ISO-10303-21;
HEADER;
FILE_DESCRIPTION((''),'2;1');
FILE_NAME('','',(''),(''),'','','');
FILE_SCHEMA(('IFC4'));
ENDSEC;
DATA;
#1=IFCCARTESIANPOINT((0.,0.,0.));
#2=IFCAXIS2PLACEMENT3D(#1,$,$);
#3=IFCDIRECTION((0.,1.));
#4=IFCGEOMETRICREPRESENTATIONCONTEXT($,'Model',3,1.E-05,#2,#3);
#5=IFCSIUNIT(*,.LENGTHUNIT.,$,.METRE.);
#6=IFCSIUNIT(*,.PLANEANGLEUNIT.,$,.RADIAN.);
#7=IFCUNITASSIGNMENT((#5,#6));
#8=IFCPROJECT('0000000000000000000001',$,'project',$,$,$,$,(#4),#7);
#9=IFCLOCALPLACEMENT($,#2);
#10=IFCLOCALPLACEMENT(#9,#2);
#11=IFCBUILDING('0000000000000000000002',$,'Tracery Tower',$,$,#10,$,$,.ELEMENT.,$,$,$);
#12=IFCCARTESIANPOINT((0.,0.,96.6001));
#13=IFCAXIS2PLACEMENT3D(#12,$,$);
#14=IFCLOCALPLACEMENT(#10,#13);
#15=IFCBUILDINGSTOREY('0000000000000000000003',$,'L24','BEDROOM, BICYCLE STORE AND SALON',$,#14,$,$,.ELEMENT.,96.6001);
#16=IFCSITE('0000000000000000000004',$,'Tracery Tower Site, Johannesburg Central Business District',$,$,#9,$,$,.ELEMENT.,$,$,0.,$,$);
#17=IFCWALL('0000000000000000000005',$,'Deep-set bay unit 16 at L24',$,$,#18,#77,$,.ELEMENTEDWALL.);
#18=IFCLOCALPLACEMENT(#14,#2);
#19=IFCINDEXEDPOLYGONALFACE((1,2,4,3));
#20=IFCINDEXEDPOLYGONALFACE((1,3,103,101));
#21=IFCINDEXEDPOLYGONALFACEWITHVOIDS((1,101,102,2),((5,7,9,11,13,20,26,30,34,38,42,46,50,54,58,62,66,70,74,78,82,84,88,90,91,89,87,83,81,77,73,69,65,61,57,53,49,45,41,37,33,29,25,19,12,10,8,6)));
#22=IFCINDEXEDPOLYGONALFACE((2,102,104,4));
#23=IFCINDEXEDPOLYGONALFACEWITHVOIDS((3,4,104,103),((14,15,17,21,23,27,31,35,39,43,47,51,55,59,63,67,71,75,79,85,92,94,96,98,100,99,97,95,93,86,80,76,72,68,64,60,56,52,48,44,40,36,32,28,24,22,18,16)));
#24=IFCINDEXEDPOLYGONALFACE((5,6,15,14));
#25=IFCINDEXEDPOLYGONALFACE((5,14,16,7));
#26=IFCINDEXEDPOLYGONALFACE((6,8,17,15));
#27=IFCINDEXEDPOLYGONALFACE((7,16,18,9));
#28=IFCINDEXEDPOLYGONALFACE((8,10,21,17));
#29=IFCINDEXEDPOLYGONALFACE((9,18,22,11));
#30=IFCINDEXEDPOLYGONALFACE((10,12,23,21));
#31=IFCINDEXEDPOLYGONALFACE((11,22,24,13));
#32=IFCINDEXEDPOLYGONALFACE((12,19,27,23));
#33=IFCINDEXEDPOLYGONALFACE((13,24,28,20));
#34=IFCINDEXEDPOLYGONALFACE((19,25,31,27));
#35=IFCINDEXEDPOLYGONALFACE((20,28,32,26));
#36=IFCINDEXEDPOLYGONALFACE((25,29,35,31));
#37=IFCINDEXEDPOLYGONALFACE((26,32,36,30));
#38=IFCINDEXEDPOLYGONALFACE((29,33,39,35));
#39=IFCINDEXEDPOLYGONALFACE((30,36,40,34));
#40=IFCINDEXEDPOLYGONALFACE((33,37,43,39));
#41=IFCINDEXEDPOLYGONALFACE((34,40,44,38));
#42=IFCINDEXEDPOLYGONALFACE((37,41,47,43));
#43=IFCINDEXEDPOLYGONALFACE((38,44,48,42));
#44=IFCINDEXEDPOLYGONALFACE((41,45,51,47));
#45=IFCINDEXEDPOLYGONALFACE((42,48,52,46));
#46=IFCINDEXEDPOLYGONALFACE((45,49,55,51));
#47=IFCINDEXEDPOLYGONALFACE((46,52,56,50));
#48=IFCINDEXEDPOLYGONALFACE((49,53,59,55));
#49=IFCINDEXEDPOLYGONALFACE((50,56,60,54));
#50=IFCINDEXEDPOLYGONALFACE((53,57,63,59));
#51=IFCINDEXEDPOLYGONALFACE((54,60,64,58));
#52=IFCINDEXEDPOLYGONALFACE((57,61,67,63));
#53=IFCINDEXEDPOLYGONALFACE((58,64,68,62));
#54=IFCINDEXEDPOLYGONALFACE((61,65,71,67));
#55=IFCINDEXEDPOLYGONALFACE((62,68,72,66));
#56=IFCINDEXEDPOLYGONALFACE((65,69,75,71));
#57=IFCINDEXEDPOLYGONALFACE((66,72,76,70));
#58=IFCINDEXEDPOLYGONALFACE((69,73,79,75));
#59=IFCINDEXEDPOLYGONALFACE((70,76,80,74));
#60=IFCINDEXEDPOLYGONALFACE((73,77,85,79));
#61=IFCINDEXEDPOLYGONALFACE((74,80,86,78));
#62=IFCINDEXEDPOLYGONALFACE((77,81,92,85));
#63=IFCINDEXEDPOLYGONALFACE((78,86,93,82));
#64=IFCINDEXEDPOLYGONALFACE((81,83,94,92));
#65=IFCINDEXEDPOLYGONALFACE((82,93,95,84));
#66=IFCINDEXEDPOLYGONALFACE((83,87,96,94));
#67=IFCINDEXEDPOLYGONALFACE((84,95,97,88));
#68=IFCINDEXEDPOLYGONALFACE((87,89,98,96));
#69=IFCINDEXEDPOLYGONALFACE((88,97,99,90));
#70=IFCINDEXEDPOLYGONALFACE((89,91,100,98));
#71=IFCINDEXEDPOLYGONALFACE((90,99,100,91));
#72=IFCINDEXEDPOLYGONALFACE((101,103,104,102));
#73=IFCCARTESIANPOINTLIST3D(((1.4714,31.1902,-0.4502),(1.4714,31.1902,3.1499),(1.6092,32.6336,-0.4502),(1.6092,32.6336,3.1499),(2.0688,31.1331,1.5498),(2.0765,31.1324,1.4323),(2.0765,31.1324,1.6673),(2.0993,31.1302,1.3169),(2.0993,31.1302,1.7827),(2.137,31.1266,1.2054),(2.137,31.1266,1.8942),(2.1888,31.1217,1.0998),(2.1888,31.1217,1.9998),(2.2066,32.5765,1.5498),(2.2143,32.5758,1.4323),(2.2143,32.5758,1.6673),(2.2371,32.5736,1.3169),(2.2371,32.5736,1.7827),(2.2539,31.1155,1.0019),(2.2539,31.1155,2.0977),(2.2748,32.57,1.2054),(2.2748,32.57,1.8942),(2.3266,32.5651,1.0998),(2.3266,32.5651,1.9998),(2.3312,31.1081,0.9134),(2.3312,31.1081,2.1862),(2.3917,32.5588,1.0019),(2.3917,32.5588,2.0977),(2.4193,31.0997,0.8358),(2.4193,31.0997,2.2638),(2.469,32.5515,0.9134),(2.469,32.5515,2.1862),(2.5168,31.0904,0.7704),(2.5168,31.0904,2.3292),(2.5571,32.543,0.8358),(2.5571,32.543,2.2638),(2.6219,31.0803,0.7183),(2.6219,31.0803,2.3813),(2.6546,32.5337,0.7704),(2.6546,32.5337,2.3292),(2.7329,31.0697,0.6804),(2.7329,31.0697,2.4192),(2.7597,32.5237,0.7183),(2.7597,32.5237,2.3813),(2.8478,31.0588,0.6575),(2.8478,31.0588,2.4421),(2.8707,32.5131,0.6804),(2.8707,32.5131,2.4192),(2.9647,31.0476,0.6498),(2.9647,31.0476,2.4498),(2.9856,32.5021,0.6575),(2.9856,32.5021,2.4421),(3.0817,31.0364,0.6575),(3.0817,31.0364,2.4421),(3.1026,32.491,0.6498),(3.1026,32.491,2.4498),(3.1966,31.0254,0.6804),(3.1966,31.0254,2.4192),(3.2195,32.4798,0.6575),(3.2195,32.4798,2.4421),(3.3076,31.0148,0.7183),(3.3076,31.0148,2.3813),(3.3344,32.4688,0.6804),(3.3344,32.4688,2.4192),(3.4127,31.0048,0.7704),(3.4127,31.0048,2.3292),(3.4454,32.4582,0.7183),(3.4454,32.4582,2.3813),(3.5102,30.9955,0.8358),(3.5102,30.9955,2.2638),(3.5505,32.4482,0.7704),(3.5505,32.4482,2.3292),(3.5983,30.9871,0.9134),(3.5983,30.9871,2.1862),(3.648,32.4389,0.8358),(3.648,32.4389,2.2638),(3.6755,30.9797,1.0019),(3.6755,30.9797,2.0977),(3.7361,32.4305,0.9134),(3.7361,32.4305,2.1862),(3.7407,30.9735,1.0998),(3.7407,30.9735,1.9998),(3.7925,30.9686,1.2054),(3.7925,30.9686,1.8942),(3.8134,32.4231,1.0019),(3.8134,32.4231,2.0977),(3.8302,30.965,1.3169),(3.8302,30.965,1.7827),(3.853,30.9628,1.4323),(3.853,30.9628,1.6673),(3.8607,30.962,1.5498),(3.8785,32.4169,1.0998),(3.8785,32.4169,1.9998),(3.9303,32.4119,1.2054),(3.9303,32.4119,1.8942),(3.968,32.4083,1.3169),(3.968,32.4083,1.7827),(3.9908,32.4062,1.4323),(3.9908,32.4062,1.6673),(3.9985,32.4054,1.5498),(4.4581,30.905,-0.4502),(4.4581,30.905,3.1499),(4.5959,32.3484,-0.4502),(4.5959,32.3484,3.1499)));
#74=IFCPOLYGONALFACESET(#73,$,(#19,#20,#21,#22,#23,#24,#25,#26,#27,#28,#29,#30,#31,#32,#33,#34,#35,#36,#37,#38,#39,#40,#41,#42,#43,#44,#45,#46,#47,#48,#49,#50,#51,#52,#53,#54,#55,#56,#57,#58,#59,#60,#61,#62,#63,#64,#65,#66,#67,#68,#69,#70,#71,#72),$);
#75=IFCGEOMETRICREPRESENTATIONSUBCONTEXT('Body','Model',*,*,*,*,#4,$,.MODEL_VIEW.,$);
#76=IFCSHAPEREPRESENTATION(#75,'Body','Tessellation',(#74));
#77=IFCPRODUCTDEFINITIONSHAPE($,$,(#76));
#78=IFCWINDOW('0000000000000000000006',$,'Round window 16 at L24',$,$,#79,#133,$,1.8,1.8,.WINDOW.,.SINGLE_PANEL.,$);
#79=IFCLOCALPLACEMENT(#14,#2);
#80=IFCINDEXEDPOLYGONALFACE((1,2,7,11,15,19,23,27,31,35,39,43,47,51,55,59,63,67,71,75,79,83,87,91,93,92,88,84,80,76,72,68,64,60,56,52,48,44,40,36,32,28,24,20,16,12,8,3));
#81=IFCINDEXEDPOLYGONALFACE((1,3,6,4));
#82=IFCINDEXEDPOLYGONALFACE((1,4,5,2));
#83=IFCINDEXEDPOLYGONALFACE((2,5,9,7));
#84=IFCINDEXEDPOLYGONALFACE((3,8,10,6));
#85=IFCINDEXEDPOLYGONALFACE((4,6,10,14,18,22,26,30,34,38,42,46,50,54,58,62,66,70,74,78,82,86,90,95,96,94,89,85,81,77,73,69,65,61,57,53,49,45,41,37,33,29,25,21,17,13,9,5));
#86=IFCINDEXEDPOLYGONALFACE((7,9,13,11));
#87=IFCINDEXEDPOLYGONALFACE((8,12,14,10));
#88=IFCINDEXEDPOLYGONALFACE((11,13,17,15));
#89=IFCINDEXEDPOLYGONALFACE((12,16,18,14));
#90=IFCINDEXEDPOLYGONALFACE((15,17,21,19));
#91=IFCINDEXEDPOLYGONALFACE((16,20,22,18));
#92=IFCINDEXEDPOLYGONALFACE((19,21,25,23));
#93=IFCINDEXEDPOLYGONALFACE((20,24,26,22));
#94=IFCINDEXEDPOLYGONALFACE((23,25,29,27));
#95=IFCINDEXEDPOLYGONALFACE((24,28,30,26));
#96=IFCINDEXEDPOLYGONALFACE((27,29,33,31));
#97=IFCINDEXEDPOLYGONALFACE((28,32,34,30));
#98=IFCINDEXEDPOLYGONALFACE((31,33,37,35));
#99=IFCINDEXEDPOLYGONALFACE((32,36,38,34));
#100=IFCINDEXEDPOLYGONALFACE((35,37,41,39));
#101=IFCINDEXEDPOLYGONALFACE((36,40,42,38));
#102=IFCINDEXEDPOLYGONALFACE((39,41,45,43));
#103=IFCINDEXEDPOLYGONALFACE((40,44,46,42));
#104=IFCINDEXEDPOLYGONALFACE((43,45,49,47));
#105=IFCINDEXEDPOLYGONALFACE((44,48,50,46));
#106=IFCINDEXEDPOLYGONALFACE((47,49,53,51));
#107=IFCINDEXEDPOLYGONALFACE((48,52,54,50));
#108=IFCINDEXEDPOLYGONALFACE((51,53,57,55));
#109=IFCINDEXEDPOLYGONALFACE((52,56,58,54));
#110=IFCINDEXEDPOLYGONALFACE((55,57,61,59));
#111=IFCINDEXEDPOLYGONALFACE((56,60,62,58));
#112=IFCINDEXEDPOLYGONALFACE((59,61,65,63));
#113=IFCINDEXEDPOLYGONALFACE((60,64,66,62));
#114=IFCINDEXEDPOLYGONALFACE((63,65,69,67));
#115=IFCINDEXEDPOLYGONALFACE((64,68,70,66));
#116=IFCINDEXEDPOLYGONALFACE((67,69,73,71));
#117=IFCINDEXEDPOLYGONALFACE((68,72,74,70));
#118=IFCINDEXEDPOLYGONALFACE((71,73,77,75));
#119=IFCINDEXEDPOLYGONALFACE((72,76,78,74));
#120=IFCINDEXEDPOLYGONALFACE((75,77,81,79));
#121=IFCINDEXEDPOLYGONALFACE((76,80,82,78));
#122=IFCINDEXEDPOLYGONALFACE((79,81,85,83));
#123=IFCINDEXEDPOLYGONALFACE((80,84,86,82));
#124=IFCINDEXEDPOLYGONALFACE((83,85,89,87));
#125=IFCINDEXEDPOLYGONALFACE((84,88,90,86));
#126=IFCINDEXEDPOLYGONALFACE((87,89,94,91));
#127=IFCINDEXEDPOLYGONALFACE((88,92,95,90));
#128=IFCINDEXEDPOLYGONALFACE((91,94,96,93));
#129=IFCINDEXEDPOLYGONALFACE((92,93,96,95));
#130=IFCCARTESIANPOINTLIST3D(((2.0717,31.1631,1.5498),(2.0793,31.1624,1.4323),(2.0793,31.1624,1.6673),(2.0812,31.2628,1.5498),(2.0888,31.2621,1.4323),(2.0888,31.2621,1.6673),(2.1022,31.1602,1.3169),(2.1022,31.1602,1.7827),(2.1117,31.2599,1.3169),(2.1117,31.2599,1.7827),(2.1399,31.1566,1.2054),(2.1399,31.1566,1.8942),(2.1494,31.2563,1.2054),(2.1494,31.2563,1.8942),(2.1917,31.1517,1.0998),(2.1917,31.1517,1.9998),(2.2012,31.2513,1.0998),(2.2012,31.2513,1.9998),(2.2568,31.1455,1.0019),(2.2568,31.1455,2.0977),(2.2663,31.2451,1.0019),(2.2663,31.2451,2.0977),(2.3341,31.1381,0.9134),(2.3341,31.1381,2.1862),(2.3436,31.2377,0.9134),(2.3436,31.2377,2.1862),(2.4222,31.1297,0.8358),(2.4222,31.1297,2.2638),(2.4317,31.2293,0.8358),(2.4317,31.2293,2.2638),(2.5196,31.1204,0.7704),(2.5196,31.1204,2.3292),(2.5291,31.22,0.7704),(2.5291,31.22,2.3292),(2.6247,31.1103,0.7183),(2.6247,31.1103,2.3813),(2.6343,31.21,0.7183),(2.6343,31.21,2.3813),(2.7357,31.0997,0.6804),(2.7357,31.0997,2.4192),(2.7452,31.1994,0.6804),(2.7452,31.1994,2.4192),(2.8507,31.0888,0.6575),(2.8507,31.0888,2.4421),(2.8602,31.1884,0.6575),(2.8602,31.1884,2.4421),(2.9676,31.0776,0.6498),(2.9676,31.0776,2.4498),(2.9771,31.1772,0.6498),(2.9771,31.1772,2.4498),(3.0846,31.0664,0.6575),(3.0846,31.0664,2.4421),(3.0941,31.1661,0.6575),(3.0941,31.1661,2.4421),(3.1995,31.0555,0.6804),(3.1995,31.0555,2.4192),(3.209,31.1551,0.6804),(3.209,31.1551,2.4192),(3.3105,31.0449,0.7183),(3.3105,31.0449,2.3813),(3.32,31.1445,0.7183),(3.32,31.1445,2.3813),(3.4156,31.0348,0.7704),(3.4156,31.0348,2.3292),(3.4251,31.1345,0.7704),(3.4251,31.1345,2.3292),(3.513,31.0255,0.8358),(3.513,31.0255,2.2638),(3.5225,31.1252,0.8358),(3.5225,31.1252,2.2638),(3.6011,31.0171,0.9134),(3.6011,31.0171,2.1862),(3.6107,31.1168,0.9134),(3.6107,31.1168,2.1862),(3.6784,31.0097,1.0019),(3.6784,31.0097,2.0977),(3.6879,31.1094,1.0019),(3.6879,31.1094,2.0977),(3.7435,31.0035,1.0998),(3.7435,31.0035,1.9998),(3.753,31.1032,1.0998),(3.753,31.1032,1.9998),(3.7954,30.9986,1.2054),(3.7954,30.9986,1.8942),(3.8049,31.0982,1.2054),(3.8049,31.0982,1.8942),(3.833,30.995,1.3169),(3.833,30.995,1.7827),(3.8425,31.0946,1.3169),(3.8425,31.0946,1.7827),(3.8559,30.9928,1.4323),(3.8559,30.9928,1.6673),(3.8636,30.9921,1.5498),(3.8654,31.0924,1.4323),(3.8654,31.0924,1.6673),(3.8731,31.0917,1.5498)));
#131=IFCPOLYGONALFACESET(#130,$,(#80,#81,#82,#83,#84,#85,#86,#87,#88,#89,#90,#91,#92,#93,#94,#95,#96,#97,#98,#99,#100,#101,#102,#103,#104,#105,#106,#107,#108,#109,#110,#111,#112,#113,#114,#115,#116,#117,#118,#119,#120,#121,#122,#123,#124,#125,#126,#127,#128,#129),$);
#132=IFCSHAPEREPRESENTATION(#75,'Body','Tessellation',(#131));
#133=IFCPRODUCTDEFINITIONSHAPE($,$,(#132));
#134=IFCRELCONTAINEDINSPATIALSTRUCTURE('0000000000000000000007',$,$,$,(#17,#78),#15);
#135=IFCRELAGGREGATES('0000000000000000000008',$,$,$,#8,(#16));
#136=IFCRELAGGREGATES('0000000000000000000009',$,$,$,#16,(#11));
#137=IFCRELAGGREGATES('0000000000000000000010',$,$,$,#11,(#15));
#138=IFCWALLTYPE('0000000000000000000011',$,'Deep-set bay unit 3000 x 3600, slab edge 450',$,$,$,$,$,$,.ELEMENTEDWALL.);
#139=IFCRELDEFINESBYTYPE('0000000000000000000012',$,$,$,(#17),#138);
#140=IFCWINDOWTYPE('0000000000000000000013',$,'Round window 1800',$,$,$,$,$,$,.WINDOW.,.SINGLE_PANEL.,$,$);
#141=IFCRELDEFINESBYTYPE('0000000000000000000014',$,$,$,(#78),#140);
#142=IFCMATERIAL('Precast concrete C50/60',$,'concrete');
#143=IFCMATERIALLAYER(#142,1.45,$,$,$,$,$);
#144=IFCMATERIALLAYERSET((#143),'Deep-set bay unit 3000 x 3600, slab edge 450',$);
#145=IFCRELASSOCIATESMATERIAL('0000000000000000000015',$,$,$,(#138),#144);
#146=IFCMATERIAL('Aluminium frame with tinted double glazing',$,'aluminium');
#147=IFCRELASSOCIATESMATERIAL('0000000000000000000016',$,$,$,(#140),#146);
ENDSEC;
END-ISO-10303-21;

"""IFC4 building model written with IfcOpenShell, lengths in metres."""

from ifc_helpers import new_model, si_unit, direction, frame, frame_2d, origin, origin_2d, place, context, subcontext, project, spatial, rectangle, circle, extrude, material, layer, layer_set, type_object, element, fill, save


model = new_model("IFC4")

# Units and contexts
model_context = context("Model", 3, precision=1e-05, world=origin(), true_north=direction((0.0, 1.0)))
body_context = subcontext(model_context, "Body", "Model", "MODEL_VIEW")
ifc_project = project(units=[si_unit("LENGTHUNIT", "METRE"), si_unit("PLANEANGLEUNIT", "RADIAN")], contexts=[model_context])

# Site, building, storey
site_placement = place(None, origin())
site = spatial("IfcSite", under=ifc_project, at=site_placement, Name="Tracery Tower Site, Johannesburg Central Business District", CompositionType="ELEMENT", RefElevation=0.0)
building_placement = place(site_placement, origin())
building = spatial("IfcBuilding", under=site, at=building_placement, Name="Tracery Tower", CompositionType="ELEMENT")
storey_placement = place(building_placement, frame((0.0, 0.0, 96.6001)))
storey = spatial("IfcBuildingStorey", under=building, at=storey_placement, Name="L24", Description="BEDROOM, BICYCLE STORE AND SALON", CompositionType="ELEMENT", Elevation=96.6001)

# Wall, opening, window
ifc_material_1 = material(Name="Precast concrete C50/60", Category="concrete")
ifc_layer_1 = layer(ifc_material_1, 1.45)
ifc_layer_set_1 = layer_set([ifc_layer_1], Name="Deep-set bay unit 3000 x 3600, slab edge 450")
wall_type_1 = type_object("IfcWallType", Name="Deep-set bay unit 3000 x 3600, slab edge 450", PredefinedType="ELEMENTEDWALL", material=ifc_layer_set_1)
wall_1_placement = place(storey_placement, frame((4.5269, 31.6267, -0.4502), z_axis=(0.0, 0.0, 1.0), x_axis=(-0.995473, 0.095047, 0.0)))
wall_1 = element("IfcWall", 1, at=wall_1_placement, inside=storey, type_object=wall_type_1, Name="Deep-set bay unit 16 at L24", PredefinedType="ELEMENTEDWALL", context=body_context, shape_type="SweptSolid", body=[
    extrude(rectangle(XDim=3.0002, YDim=1.45, at=frame_2d((1.5, 0.0))), origin(), (0.0, 0.0, 1.0), 3.6001),
])
opening_1_placement = place(wall_1_placement, frame((1.5, 0.0, 2.0)))
opening_1 = element("IfcOpeningElement", 2, at=opening_1_placement, cuts=wall_1, PredefinedType="OPENING", context=body_context, shape_type="SweptSolid", body=[
    extrude(circle(Radius=0.9, at=origin_2d()), frame((0.0, 0.7349, 0.0), z_axis=(0.0, -1.0, 0.0), x_axis=(1.0, 0.0, 0.0)), (0.0, 0.0, 1.0), 1.47),
])
ifc_material_2 = material(Name="Aluminium frame with tinted double glazing", Category="aluminium")
window_type = type_object("IfcWindowType", Name="Round window 1800", PartitioningType="SINGLE_PANEL", PredefinedType="WINDOW", material=ifc_material_2)
window_1_placement = place(opening_1_placement, origin())
window_1 = element("IfcWindow", 3, at=window_1_placement, inside=storey, type_object=window_type, Name="Round window 16 at L24", OverallHeight=1.8, OverallWidth=1.8, PartitioningType="SINGLE_PANEL", PredefinedType="WINDOW", context=body_context, shape_type="SweptSolid", body=[
    extrude(circle(Radius=0.9, at=origin_2d()), frame((0.0, 0.6948, 0.0), z_axis=(0.0, -1.0, 0.0), x_axis=(1.0, 0.0, 0.0)), (0.0, 0.0, 1.0), 0.1001),
])
fill(opening_1, window_1)

save(model, "model.ifc")
